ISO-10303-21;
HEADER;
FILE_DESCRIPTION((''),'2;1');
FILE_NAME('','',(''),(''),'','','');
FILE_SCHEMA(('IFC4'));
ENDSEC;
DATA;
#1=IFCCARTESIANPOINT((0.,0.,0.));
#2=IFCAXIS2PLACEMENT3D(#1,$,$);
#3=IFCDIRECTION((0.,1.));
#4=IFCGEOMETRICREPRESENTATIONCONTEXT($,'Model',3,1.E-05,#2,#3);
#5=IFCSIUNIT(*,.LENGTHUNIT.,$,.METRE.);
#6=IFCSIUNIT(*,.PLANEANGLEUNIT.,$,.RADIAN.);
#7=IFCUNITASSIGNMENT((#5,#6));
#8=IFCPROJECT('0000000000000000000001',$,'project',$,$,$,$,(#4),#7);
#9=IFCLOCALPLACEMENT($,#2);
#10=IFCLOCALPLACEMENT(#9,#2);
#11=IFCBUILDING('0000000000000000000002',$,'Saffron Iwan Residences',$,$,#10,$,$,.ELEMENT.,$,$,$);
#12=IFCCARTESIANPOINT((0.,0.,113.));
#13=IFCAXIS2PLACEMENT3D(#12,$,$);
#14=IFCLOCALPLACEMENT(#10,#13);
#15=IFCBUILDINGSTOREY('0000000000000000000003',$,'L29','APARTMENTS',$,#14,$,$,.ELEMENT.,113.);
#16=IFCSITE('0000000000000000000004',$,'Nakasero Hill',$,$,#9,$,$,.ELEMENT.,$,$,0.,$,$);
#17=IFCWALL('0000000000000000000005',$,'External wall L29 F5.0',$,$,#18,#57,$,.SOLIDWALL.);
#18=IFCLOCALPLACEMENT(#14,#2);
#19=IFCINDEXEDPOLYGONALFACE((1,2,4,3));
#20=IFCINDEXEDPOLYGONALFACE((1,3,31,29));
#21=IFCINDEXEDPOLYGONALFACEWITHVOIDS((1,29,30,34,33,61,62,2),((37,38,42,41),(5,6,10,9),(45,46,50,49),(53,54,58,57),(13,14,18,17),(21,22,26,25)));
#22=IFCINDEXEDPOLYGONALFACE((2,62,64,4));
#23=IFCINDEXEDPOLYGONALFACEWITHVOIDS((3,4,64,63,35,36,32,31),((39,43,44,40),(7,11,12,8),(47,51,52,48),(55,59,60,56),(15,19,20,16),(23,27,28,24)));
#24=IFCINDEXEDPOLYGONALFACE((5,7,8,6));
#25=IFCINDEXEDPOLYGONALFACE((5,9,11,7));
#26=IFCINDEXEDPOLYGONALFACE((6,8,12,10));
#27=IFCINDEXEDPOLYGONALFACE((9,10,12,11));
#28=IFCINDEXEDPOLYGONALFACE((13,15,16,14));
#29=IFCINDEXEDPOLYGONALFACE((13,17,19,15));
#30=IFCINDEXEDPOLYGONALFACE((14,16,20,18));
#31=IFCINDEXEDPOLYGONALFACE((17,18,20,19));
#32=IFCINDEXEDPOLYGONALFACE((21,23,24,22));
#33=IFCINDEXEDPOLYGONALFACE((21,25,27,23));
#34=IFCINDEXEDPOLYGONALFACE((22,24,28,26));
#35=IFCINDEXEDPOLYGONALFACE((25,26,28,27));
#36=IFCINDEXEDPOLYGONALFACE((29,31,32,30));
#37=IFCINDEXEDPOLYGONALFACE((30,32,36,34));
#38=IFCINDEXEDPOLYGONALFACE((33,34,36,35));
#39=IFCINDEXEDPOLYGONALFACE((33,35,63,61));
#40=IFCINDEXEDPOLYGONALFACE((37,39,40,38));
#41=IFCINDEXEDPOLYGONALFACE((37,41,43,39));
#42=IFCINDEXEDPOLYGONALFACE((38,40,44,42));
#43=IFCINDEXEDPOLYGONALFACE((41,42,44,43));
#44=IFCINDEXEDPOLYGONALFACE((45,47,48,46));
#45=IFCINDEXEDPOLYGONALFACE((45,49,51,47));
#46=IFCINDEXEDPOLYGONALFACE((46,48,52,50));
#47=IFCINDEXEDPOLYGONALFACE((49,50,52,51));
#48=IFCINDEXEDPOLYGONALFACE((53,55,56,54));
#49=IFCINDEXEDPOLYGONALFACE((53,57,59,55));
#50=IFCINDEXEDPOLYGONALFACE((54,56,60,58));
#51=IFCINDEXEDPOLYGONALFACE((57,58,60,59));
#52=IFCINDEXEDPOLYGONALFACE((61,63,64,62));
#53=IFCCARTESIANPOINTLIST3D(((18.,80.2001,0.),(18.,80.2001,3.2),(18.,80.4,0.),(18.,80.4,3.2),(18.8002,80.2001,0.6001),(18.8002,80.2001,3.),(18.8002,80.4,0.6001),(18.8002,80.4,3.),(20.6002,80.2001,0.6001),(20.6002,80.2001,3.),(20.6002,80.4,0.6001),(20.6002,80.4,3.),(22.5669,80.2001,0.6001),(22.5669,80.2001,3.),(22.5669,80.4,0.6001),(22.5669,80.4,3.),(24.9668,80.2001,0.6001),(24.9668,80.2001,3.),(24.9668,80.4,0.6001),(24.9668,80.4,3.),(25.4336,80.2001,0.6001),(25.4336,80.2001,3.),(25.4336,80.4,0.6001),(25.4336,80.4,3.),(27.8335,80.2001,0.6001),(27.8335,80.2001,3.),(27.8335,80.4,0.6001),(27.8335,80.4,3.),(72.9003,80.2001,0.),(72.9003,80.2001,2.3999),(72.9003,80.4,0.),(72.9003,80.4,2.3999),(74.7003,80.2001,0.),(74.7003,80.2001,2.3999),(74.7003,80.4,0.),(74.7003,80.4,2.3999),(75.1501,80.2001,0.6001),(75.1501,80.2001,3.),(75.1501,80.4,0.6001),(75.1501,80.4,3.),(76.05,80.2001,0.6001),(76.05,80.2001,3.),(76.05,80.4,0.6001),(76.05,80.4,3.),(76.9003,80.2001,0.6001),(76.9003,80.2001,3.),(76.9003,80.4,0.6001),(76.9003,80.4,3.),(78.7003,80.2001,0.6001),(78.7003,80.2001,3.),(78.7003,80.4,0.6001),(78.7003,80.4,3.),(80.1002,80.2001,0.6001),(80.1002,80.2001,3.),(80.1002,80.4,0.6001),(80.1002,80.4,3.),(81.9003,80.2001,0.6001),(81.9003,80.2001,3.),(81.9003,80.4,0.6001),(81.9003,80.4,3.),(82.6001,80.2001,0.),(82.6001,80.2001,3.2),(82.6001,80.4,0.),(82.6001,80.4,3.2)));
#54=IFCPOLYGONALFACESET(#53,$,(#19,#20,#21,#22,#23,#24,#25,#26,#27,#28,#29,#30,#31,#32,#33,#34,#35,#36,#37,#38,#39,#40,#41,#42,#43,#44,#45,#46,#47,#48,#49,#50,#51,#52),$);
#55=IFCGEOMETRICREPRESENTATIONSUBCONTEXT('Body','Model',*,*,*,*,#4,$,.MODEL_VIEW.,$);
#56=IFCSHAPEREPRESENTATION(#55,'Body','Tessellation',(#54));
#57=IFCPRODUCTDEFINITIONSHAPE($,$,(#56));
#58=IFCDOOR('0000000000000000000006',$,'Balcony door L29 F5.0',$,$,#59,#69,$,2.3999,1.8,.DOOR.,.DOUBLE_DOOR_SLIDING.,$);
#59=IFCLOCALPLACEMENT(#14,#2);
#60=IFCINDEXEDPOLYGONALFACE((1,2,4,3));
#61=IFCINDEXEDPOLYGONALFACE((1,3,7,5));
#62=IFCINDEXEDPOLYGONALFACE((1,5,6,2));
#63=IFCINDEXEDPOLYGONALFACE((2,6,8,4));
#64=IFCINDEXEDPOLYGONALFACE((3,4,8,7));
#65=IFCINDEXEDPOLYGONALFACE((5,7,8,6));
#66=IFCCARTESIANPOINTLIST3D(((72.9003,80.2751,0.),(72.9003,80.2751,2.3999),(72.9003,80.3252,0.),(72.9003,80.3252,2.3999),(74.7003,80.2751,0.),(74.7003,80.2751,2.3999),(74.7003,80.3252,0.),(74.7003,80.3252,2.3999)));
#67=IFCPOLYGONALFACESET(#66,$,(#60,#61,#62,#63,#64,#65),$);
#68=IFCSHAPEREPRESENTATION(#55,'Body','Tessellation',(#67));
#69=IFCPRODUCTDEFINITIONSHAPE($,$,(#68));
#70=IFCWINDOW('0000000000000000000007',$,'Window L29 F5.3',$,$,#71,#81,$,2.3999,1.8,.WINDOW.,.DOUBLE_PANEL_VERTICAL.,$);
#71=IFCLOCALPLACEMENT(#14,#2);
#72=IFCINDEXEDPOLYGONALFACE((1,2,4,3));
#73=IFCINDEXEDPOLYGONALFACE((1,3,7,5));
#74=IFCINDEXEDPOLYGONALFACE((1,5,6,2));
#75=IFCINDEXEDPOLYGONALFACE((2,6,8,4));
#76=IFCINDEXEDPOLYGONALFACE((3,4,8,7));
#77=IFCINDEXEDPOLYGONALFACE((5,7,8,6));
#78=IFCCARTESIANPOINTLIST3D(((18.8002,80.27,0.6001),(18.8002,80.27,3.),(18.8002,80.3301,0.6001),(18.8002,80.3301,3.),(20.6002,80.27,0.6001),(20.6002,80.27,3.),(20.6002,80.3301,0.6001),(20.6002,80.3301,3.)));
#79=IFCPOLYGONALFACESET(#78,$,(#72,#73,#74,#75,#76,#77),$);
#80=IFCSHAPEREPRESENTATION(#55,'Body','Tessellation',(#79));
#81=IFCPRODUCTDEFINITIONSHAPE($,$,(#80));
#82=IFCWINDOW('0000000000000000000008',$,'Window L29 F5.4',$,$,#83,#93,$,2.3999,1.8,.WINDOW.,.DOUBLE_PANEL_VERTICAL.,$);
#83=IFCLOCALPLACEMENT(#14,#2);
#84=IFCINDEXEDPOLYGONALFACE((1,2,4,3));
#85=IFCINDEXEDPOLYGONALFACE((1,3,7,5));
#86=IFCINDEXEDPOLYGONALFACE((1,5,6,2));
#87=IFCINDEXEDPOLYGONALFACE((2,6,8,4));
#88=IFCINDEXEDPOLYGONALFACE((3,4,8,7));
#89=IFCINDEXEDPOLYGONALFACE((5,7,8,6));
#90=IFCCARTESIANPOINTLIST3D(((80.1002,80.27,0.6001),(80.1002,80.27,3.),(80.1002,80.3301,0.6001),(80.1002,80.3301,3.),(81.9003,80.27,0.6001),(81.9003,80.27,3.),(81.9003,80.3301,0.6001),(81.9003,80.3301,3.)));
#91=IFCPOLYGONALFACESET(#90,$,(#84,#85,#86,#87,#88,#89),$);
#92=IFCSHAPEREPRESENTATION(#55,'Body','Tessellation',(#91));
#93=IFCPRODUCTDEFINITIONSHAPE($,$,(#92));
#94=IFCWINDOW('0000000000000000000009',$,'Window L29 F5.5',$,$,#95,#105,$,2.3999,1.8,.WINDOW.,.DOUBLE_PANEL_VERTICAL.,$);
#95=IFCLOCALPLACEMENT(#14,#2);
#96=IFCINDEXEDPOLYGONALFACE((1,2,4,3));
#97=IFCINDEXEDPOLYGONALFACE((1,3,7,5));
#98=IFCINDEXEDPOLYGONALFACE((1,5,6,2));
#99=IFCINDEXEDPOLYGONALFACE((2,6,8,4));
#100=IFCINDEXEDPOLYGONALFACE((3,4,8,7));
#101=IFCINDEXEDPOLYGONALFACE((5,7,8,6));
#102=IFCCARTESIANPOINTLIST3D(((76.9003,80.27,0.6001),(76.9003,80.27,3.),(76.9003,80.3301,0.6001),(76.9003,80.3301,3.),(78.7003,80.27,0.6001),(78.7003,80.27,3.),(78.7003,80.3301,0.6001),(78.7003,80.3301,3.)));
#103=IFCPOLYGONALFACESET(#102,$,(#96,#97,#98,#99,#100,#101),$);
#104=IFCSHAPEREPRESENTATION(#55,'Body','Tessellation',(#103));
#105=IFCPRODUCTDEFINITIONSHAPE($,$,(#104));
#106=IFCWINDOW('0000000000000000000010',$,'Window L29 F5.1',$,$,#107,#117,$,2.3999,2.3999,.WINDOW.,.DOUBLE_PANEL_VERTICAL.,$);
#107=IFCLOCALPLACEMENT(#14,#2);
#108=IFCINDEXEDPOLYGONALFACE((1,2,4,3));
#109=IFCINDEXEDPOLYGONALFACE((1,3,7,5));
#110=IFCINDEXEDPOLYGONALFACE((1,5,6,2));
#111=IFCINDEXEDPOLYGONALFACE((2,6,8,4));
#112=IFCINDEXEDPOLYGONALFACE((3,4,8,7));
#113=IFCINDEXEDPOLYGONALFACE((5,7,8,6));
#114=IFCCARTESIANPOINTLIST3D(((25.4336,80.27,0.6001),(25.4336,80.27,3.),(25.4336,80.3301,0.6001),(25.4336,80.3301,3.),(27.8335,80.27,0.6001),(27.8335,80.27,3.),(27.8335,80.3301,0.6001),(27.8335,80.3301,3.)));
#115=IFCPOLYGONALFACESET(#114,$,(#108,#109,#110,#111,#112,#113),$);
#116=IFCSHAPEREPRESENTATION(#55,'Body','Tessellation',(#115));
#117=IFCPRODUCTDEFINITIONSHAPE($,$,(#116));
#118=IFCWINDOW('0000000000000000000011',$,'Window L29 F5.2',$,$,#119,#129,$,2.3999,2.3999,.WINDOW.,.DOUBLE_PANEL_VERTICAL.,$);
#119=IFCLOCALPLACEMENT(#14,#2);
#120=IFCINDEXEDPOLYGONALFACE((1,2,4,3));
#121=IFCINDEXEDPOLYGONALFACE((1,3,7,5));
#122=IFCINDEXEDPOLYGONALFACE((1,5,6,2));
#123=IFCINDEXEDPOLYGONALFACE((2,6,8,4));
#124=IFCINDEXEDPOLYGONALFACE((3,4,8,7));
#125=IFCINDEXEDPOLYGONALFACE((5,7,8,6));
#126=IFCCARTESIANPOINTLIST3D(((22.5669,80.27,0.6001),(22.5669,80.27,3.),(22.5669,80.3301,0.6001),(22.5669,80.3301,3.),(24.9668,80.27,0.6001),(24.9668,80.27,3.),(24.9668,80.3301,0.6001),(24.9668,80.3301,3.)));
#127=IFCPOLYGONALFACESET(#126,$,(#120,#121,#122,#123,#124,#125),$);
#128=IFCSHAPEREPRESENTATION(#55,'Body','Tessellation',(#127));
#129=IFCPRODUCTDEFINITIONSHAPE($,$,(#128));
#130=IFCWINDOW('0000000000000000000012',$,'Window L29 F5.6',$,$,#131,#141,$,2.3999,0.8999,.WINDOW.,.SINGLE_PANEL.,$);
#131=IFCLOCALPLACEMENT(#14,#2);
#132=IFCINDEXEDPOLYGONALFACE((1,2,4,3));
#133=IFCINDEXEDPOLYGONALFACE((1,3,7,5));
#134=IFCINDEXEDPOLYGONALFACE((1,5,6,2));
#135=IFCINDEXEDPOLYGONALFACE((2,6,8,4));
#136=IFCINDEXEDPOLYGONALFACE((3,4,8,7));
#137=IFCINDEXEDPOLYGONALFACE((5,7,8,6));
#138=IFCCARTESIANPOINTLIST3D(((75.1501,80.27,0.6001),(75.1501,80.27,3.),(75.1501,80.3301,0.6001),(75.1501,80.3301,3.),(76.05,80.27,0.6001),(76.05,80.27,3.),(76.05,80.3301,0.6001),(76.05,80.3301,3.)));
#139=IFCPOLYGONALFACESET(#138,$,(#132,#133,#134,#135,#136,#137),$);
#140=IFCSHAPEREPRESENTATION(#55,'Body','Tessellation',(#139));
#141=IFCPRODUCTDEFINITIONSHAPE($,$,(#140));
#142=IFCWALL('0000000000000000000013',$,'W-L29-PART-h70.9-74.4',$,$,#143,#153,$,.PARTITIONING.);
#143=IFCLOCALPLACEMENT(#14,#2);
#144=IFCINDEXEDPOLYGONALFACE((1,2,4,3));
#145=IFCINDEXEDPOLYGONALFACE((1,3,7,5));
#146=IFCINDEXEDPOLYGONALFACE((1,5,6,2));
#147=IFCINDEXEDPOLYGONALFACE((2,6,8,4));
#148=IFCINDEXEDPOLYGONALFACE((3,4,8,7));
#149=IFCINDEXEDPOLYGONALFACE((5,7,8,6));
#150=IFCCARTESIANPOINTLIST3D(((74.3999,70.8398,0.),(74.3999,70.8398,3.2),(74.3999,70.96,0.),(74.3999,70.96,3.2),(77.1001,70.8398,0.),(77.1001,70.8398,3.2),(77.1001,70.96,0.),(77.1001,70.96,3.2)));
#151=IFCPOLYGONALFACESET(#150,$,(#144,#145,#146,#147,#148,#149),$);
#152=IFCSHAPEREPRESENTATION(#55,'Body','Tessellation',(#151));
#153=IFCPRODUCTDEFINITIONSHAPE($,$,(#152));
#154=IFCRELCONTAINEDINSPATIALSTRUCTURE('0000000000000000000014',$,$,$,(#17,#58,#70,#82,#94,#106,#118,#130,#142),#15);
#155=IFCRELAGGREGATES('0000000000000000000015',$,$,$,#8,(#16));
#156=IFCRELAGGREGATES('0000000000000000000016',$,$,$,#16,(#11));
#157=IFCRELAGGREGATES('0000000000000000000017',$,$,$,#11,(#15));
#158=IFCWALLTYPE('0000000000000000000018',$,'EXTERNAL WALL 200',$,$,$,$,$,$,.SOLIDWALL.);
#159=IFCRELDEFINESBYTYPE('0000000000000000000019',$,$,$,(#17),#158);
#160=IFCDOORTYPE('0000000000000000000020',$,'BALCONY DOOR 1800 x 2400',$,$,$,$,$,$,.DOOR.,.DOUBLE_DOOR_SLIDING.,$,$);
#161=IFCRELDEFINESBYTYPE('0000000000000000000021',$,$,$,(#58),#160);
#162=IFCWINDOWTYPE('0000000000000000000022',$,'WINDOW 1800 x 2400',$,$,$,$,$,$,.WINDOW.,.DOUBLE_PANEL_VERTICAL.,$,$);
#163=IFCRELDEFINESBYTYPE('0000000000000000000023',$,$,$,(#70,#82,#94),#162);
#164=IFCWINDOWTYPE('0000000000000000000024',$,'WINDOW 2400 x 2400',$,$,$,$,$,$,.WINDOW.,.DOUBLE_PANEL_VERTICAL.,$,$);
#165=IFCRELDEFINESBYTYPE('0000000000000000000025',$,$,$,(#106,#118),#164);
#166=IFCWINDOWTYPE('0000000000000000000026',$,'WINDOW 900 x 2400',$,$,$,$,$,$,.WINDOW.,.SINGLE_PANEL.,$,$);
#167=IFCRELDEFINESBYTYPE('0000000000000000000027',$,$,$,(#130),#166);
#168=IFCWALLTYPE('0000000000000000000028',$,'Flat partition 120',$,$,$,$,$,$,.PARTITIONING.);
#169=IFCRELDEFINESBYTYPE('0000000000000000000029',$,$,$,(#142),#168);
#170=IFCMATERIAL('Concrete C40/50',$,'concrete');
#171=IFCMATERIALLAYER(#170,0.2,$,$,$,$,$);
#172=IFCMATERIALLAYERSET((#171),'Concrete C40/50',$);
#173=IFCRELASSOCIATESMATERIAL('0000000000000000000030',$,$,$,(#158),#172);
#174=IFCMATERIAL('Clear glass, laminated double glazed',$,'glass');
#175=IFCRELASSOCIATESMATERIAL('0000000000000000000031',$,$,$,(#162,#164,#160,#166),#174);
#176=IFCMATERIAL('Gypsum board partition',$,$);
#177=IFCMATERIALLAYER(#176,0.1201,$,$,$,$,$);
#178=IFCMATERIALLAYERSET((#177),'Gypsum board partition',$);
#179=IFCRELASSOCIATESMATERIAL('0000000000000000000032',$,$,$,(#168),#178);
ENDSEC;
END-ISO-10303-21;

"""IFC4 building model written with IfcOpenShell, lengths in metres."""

from ifc_helpers import new_model, si_unit, direction, frame, frame_2d, origin, place, context, subcontext, project, spatial, rectangle, extrude, material, layer, layer_set, type_object, element, fill, save


model = new_model("IFC4")

# Units and contexts
model_context = context("Model", 3, precision=1e-05, world=origin(), true_north=direction((0.0, 1.0)))
body_context = subcontext(model_context, "Body", "Model", "MODEL_VIEW")
ifc_project = project(units=[si_unit("LENGTHUNIT", "METRE"), si_unit("PLANEANGLEUNIT", "RADIAN")], contexts=[model_context])

# Site, building, storey
site_placement = place(None, origin())
site = spatial("IfcSite", under=ifc_project, at=site_placement, Name="Nakasero Hill", CompositionType="ELEMENT", RefElevation=0.0)
building_placement = place(site_placement, origin())
building = spatial("IfcBuilding", under=site, at=building_placement, Name="Saffron Iwan Residences", CompositionType="ELEMENT")
storey_placement = place(building_placement, frame((0.0, 0.0, 113.0)))
storey = spatial("IfcBuildingStorey", under=building, at=storey_placement, Name="L29", Description="APARTMENTS", CompositionType="ELEMENT", Elevation=113.0)

# Shared definitions
ifc_material_1 = material(Name="Concrete C40/50", Category="concrete")
ifc_layer_1 = layer(ifc_material_1, 0.2)
ifc_layer_set_1 = layer_set([ifc_layer_1], Name="Concrete C40/50")
wall_type_1 = type_object("IfcWallType", Name="EXTERNAL WALL 200", PredefinedType="SOLIDWALL", material=ifc_layer_set_1)
ifc_material_2 = material(Name="Clear glass, laminated double glazed", Category="glass")
window_type_1 = type_object("IfcWindowType", Name="WINDOW 1800 x 2400", PartitioningType="DOUBLE_PANEL_VERTICAL", PredefinedType="WINDOW", material=ifc_material_2)
window_type_2 = type_object("IfcWindowType", Name="WINDOW 2400 x 2400", PartitioningType="DOUBLE_PANEL_VERTICAL", PredefinedType="WINDOW", material=ifc_material_2)

# Wall, openings, door, windows
wall_1_placement = place(storey_placement, frame((82.6001, 80.3, 0.0), z_axis=(0.0, 0.0, 1.0), x_axis=(-1.0, 0.0, 0.0)))
wall_1 = element("IfcWall", 1, at=wall_1_placement, inside=storey, type_object=wall_type_1, Name="External wall L29 F5.0", PredefinedType="SOLIDWALL", context=body_context, shape_type="SweptSolid", body=[
    extrude(rectangle(XDim=64.6001, YDim=0.2, at=frame_2d((32.3, 0.0))), origin(), (0.0, 0.0, 1.0), 3.2),
])
opening_1_placement = place(wall_1_placement, frame((7.8999, 0.0, 0.0)))
opening_1 = element("IfcOpeningElement", 2, at=opening_1_placement, cuts=wall_1, PredefinedType="OPENING", context=body_context, shape_type="SweptSolid", body=[
    extrude(rectangle(XDim=1.8, YDim=2.3999, at=frame_2d((0.8999, 1.2))), frame((0.0, 0.1099, 0.0), z_axis=(0.0, -1.0, 0.0), x_axis=(1.0, 0.0, 0.0)), (0.0, 0.0, 1.0), 0.22),
])
opening_2_placement = place(wall_1_placement, frame((54.7666, 0.0, 0.6001)))
opening_2 = element("IfcOpeningElement", 3, at=opening_2_placement, cuts=wall_1, PredefinedType="OPENING", context=body_context, shape_type="SweptSolid", body=[
    extrude(rectangle(XDim=2.3999, YDim=2.3999, at=frame_2d((1.2, 1.2))), frame((0.0, 0.1099, 0.0), z_axis=(0.0, -1.0, 0.0), x_axis=(1.0, 0.0, 0.0)), (0.0, 0.0, 1.0), 0.22),
])
opening_3_placement = place(wall_1_placement, frame((57.6333, 0.0, 0.6001)))
opening_3 = element("IfcOpeningElement", 4, at=opening_3_placement, cuts=wall_1, PredefinedType="OPENING", context=body_context, shape_type="SweptSolid", body=[
    extrude(rectangle(XDim=2.3999, YDim=2.3999, at=frame_2d((1.2, 1.2))), frame((0.0, 0.1099, 0.0), z_axis=(0.0, -1.0, 0.0), x_axis=(1.0, 0.0, 0.0)), (0.0, 0.0, 1.0), 0.22),
])
opening_4_placement = place(wall_1_placement, frame((62.0, 0.0, 0.6001)))
opening_4 = element("IfcOpeningElement", 5, at=opening_4_placement, cuts=wall_1, PredefinedType="OPENING", context=body_context, shape_type="SweptSolid", body=[
    extrude(rectangle(XDim=1.8, YDim=2.3999, at=frame_2d((0.8999, 1.2))), frame((0.0, 0.1099, 0.0), z_axis=(0.0, -1.0, 0.0), x_axis=(1.0, 0.0, 0.0)), (0.0, 0.0, 1.0), 0.22),
])
opening_5_placement = place(wall_1_placement, frame((0.7, 0.0, 0.6001)))
opening_5 = element("IfcOpeningElement", 6, at=opening_5_placement, cuts=wall_1, PredefinedType="OPENING", context=body_context, shape_type="SweptSolid", body=[
    extrude(rectangle(XDim=1.8, YDim=2.3999, at=frame_2d((0.8999, 1.2))), frame((0.0, 0.1099, 0.0), z_axis=(0.0, -1.0, 0.0), x_axis=(1.0, 0.0, 0.0)), (0.0, 0.0, 1.0), 0.22),
])
opening_6_placement = place(wall_1_placement, frame((3.8999, 0.0, 0.6001)))
opening_6 = element("IfcOpeningElement", 7, at=opening_6_placement, cuts=wall_1, PredefinedType="OPENING", context=body_context, shape_type="SweptSolid", body=[
    extrude(rectangle(XDim=1.8, YDim=2.3999, at=frame_2d((0.8999, 1.2))), frame((0.0, 0.1099, 0.0), z_axis=(0.0, -1.0, 0.0), x_axis=(1.0, 0.0, 0.0)), (0.0, 0.0, 1.0), 0.22),
])
opening_7_placement = place(wall_1_placement, frame((6.55, 0.0, 0.6001)))
opening_7 = element("IfcOpeningElement", 8, at=opening_7_placement, cuts=wall_1, PredefinedType="OPENING", context=body_context, shape_type="SweptSolid", body=[
    extrude(rectangle(XDim=0.8999, YDim=2.3999, at=frame_2d((0.45, 1.2))), frame((0.0, 0.1099, 0.0), z_axis=(0.0, -1.0, 0.0), x_axis=(1.0, 0.0, 0.0)), (0.0, 0.0, 1.0), 0.22),
])
door_type_1 = type_object("IfcDoorType", Name="BALCONY DOOR 1800 x 2400", OperationType="DOUBLE_DOOR_SLIDING", PredefinedType="DOOR", material=ifc_material_2)
door_1_placement = place(opening_1_placement, origin())
door_1 = element("IfcDoor", 9, at=door_1_placement, inside=storey, type_object=door_type_1, Name="Balcony door L29 F5.0", OperationType="DOUBLE_DOOR_SLIDING", OverallHeight=2.3999, OverallWidth=1.8, PredefinedType="DOOR", context=body_context, shape_type="SweptSolid", body=[
    extrude(rectangle(XDim=1.8, YDim=2.3999, at=frame_2d((0.8999, 1.2))), frame((0.0, 0.0249, 0.0), z_axis=(0.0, -1.0, 0.0), x_axis=(1.0, 0.0, 0.0)), (0.0, 0.0, 1.0), 0.05),
])
fill(opening_1, door_1)
window_1_placement = place(opening_4_placement, origin())
window_1 = element("IfcWindow", 10, at=window_1_placement, inside=storey, type_object=window_type_1, Name="Window L29 F5.3", OverallHeight=2.3999, OverallWidth=1.8, PartitioningType="DOUBLE_PANEL_VERTICAL", PredefinedType="WINDOW", context=body_context, shape_type="SweptSolid", body=[
    extrude(rectangle(XDim=1.8, YDim=2.3999, at=frame_2d((0.8999, 1.2))), frame((0.0, 0.03, 0.0), z_axis=(0.0, -1.0, 0.0), x_axis=(1.0, 0.0, 0.0)), (0.0, 0.0, 1.0), 0.0601),
])
fill(opening_4, window_1)
window_2_placement = place(opening_5_placement, origin())
window_2 = element("IfcWindow", 11, at=window_2_placement, inside=storey, type_object=window_type_1, Name="Window L29 F5.4", OverallHeight=2.3999, OverallWidth=1.8, PartitioningType="DOUBLE_PANEL_VERTICAL", PredefinedType="WINDOW", context=body_context, shape_type="SweptSolid", body=[
    extrude(rectangle(XDim=1.8, YDim=2.3999, at=frame_2d((0.8999, 1.2))), frame((0.0, 0.03, 0.0), z_axis=(0.0, -1.0, 0.0), x_axis=(1.0, 0.0, 0.0)), (0.0, 0.0, 1.0), 0.0601),
])
fill(opening_5, window_2)
window_3_placement = place(opening_6_placement, origin())
window_3 = element("IfcWindow", 12, at=window_3_placement, inside=storey, type_object=window_type_1, Name="Window L29 F5.5", OverallHeight=2.3999, OverallWidth=1.8, PartitioningType="DOUBLE_PANEL_VERTICAL", PredefinedType="WINDOW", context=body_context, shape_type="SweptSolid", body=[
    extrude(rectangle(XDim=1.8, YDim=2.3999, at=frame_2d((0.8999, 1.2))), frame((0.0, 0.03, 0.0), z_axis=(0.0, -1.0, 0.0), x_axis=(1.0, 0.0, 0.0)), (0.0, 0.0, 1.0), 0.0601),
])
fill(opening_6, window_3)
window_4_placement = place(opening_2_placement, origin())
window_4 = element("IfcWindow", 13, at=window_4_placement, inside=storey, type_object=window_type_2, Name="Window L29 F5.1", OverallHeight=2.3999, OverallWidth=2.3999, PartitioningType="DOUBLE_PANEL_VERTICAL", PredefinedType="WINDOW", context=body_context, shape_type="SweptSolid", body=[
    extrude(rectangle(XDim=2.3999, YDim=2.3999, at=frame_2d((1.2, 1.2))), frame((0.0, 0.03, 0.0), z_axis=(0.0, -1.0, 0.0), x_axis=(1.0, 0.0, 0.0)), (0.0, 0.0, 1.0), 0.0601),
])
fill(opening_2, window_4)
window_5_placement = place(opening_3_placement, origin())
window_5 = element("IfcWindow", 14, at=window_5_placement, inside=storey, type_object=window_type_2, Name="Window L29 F5.2", OverallHeight=2.3999, OverallWidth=2.3999, PartitioningType="DOUBLE_PANEL_VERTICAL", PredefinedType="WINDOW", context=body_context, shape_type="SweptSolid", body=[
    extrude(rectangle(XDim=2.3999, YDim=2.3999, at=frame_2d((1.2, 1.2))), frame((0.0, 0.03, 0.0), z_axis=(0.0, -1.0, 0.0), x_axis=(1.0, 0.0, 0.0)), (0.0, 0.0, 1.0), 0.0601),
])
fill(opening_3, window_5)
window_type_3 = type_object("IfcWindowType", Name="WINDOW 900 x 2400", PartitioningType="SINGLE_PANEL", PredefinedType="WINDOW", material=ifc_material_2)
window_6_placement = place(opening_7_placement, origin())
window_6 = element("IfcWindow", 15, at=window_6_placement, inside=storey, type_object=window_type_3, Name="Window L29 F5.6", OverallHeight=2.3999, OverallWidth=0.8999, PartitioningType="SINGLE_PANEL", PredefinedType="WINDOW", context=body_context, shape_type="SweptSolid", body=[
    extrude(rectangle(XDim=0.8999, YDim=2.3999, at=frame_2d((0.45, 1.2))), frame((0.0, 0.03, 0.0), z_axis=(0.0, -1.0, 0.0), x_axis=(1.0, 0.0, 0.0)), (0.0, 0.0, 1.0), 0.0601),
])
fill(opening_7, window_6)

# Wall
ifc_material_3 = material(Name="Gypsum board partition")
ifc_layer_2 = layer(ifc_material_3, 0.1201)
ifc_layer_set_2 = layer_set([ifc_layer_2], Name="Gypsum board partition")
wall_type_2 = type_object("IfcWallType", Name="Flat partition 120", PredefinedType="PARTITIONING", material=ifc_layer_set_2)
wall_2_placement = place(storey_placement, frame((74.3999, 70.8999, 0.0), z_axis=(0.0, 0.0, 1.0), x_axis=(1.0, 0.0, 0.0)))
element("IfcWall", 16, at=wall_2_placement, inside=storey, type_object=wall_type_2, Name="W-L29-PART-h70.9-74.4", PredefinedType="PARTITIONING", context=body_context, shape_type="SweptSolid", body=[
    extrude(rectangle(XDim=2.7002, YDim=0.1201, at=frame_2d((1.3501, 0.0))), origin(), (0.0, 0.0, 1.0), 3.2),
])

save(model, "model.ifc")
